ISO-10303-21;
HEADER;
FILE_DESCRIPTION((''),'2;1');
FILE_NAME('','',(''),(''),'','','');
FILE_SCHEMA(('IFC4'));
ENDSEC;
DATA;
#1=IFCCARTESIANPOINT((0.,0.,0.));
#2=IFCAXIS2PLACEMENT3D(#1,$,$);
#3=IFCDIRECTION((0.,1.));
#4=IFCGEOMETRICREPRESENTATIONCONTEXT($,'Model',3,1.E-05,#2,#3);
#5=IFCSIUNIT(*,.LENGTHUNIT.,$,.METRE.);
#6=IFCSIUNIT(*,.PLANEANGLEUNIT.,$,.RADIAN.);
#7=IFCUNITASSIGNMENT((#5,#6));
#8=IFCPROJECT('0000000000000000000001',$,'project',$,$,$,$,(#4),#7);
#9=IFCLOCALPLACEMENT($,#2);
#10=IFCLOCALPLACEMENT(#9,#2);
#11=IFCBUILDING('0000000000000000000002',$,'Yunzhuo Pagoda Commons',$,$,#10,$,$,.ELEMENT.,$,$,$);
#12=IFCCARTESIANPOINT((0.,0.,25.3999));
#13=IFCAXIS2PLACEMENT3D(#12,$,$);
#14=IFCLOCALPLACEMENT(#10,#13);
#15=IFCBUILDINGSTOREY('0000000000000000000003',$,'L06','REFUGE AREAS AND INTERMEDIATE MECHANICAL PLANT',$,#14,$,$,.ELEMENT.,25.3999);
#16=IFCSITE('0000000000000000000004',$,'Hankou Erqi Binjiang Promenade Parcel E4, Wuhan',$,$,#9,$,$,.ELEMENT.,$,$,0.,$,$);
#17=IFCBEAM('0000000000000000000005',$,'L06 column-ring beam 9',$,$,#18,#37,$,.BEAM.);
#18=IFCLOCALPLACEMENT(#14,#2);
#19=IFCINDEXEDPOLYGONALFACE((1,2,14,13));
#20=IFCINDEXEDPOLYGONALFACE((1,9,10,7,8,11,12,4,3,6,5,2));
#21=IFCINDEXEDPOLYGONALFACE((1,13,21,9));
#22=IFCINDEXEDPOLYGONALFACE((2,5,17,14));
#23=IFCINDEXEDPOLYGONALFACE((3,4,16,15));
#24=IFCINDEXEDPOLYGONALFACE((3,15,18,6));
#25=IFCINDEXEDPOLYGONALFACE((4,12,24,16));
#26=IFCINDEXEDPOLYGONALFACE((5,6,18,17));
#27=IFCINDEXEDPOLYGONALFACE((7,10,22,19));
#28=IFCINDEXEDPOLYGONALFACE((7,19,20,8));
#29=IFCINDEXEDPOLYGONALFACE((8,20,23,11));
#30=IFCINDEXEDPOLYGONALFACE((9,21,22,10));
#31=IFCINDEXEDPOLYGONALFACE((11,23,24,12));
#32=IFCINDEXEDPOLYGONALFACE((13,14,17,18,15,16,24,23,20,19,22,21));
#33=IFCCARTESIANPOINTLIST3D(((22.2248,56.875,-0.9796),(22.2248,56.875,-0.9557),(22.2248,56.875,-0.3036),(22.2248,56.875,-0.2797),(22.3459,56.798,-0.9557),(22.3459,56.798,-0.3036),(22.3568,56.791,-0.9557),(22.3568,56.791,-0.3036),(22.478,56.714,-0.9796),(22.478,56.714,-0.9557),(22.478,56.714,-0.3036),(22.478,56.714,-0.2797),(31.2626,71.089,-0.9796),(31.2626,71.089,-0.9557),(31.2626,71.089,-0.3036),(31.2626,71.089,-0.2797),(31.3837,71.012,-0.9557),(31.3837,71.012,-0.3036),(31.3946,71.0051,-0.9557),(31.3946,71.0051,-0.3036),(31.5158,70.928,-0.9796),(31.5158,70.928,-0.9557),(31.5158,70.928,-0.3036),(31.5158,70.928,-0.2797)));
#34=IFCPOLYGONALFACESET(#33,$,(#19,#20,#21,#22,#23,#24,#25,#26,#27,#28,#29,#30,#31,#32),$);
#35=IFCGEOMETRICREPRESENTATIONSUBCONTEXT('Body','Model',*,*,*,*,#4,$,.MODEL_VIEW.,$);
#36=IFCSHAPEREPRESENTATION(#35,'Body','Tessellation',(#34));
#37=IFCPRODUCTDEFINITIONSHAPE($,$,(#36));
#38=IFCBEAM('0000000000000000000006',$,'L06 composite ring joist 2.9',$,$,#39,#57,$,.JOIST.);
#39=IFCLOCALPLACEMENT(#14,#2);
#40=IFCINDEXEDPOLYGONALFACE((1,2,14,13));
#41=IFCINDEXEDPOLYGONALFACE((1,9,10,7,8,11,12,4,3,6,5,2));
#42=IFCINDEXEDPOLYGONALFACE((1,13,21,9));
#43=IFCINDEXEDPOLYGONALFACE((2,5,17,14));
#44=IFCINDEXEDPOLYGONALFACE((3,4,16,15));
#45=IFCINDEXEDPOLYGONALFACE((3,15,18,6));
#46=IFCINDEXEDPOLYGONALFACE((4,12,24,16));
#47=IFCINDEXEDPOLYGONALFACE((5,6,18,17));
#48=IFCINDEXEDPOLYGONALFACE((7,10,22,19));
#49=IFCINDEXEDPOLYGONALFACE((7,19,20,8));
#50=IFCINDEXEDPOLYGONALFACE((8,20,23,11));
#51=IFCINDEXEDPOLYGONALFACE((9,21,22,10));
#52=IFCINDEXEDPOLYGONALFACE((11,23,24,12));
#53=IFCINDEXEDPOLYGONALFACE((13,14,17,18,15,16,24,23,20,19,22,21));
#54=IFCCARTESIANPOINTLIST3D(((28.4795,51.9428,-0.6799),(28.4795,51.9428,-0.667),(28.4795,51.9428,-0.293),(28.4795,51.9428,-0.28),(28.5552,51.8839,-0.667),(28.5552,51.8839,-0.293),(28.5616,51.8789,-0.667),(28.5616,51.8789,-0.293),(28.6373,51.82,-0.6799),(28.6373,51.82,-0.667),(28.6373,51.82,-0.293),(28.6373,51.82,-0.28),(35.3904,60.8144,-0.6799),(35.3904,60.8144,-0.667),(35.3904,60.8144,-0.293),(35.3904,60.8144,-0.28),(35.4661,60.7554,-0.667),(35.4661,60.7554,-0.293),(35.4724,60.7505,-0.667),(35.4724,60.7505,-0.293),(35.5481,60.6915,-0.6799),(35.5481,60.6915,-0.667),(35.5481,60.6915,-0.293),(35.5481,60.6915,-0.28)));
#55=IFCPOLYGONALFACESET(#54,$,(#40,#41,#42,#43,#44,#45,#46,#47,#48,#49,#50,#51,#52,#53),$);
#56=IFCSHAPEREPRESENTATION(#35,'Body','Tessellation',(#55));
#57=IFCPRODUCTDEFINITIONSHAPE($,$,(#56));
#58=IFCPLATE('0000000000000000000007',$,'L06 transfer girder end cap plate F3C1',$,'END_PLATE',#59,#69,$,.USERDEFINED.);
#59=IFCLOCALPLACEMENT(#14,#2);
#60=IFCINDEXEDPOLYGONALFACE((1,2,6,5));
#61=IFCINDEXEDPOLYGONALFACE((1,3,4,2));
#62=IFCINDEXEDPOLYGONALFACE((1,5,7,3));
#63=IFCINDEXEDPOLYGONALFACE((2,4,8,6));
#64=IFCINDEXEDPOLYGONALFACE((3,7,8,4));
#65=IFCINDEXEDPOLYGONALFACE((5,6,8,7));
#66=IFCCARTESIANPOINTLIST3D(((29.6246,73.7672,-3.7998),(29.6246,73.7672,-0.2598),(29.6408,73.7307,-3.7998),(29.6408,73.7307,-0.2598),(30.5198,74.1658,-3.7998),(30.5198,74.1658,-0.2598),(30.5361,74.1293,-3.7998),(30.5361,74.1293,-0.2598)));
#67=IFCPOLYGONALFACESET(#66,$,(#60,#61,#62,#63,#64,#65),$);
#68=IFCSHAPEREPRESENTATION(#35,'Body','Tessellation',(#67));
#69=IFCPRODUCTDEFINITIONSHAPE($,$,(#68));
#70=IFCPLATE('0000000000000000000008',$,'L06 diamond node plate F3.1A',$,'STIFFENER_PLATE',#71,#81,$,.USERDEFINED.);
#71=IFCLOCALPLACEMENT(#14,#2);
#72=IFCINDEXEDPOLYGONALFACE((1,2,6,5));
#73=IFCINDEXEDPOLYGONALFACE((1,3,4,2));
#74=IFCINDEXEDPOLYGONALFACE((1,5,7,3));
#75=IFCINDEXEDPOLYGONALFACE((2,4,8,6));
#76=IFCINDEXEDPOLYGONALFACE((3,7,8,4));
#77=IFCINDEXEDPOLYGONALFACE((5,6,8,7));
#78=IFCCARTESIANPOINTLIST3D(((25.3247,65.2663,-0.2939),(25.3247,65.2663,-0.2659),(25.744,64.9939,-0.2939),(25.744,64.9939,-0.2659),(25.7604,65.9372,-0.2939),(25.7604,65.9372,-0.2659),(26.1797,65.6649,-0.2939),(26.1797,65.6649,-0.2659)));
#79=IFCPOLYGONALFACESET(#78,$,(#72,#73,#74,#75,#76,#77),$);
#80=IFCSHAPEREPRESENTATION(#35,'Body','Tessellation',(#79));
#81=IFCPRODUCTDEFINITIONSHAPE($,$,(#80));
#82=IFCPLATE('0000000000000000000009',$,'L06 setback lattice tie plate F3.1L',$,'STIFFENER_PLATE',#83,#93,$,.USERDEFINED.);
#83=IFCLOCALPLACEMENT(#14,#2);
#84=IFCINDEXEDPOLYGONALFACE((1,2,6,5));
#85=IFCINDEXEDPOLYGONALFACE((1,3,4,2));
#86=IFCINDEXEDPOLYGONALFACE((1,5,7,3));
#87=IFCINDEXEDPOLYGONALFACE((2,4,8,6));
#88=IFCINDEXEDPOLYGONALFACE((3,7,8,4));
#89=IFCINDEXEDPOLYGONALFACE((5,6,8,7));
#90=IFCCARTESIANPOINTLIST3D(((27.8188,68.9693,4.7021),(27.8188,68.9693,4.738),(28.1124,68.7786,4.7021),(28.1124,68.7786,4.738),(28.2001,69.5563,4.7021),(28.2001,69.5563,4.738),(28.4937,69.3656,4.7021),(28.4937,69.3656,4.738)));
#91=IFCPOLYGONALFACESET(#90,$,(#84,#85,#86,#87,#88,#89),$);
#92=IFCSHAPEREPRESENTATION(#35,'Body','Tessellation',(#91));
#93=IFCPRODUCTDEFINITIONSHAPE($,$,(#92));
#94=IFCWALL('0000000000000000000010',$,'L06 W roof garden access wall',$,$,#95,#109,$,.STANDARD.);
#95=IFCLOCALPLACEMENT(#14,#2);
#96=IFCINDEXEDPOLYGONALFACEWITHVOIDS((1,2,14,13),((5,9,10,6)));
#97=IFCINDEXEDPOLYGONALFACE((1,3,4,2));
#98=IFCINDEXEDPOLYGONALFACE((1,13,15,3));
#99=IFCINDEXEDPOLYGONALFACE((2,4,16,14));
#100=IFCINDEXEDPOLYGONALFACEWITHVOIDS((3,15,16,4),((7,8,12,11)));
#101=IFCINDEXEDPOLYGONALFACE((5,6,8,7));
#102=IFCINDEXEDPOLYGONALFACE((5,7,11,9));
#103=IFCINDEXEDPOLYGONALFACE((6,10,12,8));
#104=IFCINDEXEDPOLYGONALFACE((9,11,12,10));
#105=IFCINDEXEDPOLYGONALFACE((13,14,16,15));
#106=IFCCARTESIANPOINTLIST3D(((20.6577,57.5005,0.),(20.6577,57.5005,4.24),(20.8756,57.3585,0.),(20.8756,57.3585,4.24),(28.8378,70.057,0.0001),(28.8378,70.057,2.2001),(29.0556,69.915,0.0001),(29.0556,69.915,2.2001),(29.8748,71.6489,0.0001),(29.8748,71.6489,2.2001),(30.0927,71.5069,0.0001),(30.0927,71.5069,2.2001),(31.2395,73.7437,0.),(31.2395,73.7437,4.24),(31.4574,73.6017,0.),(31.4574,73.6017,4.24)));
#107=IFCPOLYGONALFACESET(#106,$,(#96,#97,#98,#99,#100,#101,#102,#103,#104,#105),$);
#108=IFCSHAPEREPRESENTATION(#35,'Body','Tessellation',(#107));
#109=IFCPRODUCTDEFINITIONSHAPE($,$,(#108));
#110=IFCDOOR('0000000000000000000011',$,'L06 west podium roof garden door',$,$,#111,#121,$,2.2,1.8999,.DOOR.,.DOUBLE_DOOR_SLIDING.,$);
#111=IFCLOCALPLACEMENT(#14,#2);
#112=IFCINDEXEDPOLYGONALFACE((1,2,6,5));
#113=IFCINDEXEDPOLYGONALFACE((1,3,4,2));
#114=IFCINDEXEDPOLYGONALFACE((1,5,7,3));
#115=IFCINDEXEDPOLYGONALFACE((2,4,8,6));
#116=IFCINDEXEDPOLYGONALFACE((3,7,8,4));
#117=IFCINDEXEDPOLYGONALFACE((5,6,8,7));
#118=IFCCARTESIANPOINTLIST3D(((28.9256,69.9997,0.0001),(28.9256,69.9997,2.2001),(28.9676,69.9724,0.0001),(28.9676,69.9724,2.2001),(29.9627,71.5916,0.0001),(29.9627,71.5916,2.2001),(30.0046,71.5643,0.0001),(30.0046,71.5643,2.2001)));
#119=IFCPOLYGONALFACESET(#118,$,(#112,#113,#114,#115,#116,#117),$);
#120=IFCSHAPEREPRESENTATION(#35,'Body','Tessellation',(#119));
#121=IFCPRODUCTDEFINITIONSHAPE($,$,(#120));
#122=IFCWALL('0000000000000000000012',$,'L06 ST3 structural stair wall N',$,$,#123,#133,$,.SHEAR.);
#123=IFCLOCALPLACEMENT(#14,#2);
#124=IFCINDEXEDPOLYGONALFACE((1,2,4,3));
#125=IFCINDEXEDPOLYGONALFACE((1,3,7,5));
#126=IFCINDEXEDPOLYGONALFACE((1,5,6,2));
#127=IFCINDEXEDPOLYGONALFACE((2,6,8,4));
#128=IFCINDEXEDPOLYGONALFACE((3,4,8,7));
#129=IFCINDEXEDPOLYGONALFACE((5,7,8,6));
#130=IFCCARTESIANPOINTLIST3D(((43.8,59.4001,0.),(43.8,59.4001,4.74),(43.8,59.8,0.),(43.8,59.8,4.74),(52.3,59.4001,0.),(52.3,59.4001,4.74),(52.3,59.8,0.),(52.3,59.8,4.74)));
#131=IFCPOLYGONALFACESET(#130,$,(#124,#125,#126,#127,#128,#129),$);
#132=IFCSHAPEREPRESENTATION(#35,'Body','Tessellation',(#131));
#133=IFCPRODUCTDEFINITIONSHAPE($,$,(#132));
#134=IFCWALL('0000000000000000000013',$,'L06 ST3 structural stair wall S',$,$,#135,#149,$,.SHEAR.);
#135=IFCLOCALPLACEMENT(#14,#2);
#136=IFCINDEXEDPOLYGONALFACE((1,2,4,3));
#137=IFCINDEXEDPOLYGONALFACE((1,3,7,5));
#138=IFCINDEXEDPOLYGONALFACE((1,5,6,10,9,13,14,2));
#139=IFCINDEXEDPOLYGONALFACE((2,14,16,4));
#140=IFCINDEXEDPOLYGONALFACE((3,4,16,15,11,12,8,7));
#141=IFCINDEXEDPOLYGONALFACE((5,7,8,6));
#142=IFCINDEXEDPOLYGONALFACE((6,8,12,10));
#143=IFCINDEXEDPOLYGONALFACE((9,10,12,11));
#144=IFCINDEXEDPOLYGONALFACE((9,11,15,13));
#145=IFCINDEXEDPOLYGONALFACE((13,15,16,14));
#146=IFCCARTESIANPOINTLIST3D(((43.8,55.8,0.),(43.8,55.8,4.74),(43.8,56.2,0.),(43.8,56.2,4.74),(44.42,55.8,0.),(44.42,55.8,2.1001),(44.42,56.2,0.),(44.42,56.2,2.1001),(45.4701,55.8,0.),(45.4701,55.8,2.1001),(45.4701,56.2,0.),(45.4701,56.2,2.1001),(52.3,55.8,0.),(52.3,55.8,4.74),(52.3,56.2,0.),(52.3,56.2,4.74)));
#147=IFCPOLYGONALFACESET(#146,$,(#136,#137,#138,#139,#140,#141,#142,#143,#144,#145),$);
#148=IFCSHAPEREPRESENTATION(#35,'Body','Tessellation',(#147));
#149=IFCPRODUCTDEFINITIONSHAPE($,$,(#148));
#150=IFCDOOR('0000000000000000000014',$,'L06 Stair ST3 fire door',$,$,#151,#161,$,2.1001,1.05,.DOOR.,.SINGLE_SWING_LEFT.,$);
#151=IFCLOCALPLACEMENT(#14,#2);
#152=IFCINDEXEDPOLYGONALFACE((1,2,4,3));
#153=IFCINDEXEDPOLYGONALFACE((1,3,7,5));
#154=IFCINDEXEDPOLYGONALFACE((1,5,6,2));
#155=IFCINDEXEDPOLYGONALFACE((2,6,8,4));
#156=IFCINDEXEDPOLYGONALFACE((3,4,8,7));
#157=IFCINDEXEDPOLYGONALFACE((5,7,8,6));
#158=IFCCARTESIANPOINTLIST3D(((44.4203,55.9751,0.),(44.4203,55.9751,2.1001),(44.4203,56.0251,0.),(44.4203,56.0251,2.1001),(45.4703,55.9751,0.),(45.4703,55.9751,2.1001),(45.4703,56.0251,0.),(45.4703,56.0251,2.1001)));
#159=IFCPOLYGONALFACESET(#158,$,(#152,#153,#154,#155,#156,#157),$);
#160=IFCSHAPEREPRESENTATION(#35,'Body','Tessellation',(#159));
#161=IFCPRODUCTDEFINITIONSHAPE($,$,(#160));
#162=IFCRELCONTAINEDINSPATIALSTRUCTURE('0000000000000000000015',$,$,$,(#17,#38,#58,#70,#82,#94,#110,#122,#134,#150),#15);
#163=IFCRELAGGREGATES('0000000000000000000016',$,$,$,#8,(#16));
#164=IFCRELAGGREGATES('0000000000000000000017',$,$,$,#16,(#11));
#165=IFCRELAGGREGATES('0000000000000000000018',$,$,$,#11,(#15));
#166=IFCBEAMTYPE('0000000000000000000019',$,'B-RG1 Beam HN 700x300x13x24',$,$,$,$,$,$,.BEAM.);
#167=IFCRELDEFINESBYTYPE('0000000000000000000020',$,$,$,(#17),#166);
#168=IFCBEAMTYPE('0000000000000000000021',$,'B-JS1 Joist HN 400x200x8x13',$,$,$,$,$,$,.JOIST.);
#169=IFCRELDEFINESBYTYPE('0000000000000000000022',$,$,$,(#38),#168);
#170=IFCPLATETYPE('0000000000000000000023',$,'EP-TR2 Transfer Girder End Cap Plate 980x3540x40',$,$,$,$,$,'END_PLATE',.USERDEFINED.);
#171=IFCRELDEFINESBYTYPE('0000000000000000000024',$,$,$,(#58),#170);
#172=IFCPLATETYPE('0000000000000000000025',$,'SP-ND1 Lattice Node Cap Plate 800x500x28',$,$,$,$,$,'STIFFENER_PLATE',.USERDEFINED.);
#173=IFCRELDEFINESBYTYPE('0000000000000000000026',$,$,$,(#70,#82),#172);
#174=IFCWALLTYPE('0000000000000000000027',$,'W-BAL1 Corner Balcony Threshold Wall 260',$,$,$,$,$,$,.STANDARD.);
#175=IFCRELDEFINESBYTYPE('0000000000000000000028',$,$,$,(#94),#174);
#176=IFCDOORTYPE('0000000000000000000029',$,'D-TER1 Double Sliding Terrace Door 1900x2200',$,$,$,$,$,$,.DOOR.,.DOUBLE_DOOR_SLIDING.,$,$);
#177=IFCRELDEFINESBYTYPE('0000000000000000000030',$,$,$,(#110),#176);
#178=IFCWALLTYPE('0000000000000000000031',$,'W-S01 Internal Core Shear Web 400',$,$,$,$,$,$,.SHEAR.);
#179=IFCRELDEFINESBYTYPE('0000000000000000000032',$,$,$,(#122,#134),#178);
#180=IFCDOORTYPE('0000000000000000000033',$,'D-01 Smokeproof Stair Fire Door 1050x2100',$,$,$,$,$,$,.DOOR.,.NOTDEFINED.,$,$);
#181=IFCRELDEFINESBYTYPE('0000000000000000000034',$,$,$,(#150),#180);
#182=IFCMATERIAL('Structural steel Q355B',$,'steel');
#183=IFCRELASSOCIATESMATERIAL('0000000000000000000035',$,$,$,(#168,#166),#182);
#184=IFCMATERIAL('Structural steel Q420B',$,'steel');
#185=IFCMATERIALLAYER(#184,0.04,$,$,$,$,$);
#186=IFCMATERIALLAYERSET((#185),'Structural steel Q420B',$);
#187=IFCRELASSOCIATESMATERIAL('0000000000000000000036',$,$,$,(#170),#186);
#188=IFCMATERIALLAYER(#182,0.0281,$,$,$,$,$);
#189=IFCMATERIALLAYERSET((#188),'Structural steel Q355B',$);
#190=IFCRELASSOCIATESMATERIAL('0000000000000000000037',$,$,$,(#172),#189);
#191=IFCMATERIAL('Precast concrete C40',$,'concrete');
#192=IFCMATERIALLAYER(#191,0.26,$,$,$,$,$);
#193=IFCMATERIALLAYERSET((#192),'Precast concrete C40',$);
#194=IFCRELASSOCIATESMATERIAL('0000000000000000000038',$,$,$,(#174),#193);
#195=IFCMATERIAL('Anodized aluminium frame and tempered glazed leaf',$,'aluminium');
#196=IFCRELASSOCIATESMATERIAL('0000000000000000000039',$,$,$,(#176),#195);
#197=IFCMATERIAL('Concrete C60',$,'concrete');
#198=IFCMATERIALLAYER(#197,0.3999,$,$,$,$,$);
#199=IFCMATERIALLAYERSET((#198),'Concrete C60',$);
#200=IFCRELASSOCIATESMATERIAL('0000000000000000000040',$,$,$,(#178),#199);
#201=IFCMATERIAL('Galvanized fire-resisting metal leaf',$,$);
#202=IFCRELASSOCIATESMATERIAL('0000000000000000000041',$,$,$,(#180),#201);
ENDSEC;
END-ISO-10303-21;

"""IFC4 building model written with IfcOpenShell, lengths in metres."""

from ifc_helpers import new_model, si_unit, direction, frame, frame_2d, origin, origin_with_axes, origin_2d, place, context, subcontext, project, spatial, rectangle, i_section, extrude, source, transform, mapped, material, layer, layer_set, material_profile, profile_set, type_object, element, fill, save


model = new_model("IFC4")

# Units and contexts
model_context = context("Model", 3, precision=1e-05, world=origin(), true_north=direction((0.0, 1.0)))
body_context = subcontext(model_context, "Body", "Model", "MODEL_VIEW")
ifc_project = project(units=[si_unit("LENGTHUNIT", "METRE"), si_unit("PLANEANGLEUNIT", "RADIAN")], contexts=[model_context])

# Site, building, storey
site_placement = place(None, origin())
site = spatial("IfcSite", under=ifc_project, at=site_placement, Name="Hankou Erqi Binjiang Promenade Parcel E4, Wuhan", CompositionType="ELEMENT", RefElevation=0.0)
building_placement = place(site_placement, origin())
building = spatial("IfcBuilding", under=site, at=building_placement, Name="Yunzhuo Pagoda Commons", CompositionType="ELEMENT")
storey_placement = place(building_placement, frame((0.0, 0.0, 25.3999)))
storey = spatial("IfcBuildingStorey", under=building, at=storey_placement, Name="L06", Description="REFUGE AREAS AND INTERMEDIATE MECHANICAL PLANT", CompositionType="ELEMENT", Elevation=25.3999)

# Shared definitions
ifc_material_1 = material(Name="Structural steel Q420B", Category="steel")

# Beams
ifc_material_2 = material(Name="Structural steel Q355B", Category="steel")
ifc_material_profile_1 = material_profile(ifc_material_2, i_section(OverallWidth=0.2, OverallDepth=0.3999, WebThickness=0.0081, FlangeThickness=0.0129, at=origin_2d()), Name="Structural steel Q355B")
ifc_profile_set_1 = profile_set([ifc_material_profile_1], Name="Structural steel Q355B")
beam_type_1 = type_object("IfcBeamType", Name="B-JS1 Joist HN 400x200x8x13", PredefinedType="JOIST", material=ifc_profile_set_1)
ifc_material_profile_2 = material_profile(ifc_material_2, i_section(OverallWidth=0.3, OverallDepth=0.7, WebThickness=0.0129, FlangeThickness=0.0239, at=origin_2d()), Name="Structural steel Q355B")
ifc_profile_set_2 = profile_set([ifc_material_profile_2], Name="Structural steel Q355B")
beam_type_2 = type_object("IfcBeamType", Name="B-RG1 Beam HN 700x300x13x24", PredefinedType="BEAM", material=ifc_profile_set_2)
shared_shape_1 = source(origin(), body_context, "Body", "SweptSolid", [
    extrude(i_section(OverallWidth=0.3, OverallDepth=0.7, WebThickness=0.0129, FlangeThickness=0.0239, at=origin_2d()), origin(), (0.0, 0.0, 1.0), 16.844),
])
beam_1_placement = place(storey_placement, frame((31.3892, 71.0085, -0.6296), z_axis=(-0.536558, -0.843863, 0.0), x_axis=(0.843863, -0.536558, 0.0)))
element("IfcBeam", 1, at=beam_1_placement, inside=storey, type_object=beam_type_2, Name="L06 column-ring beam 9", PredefinedType="BEAM", context=body_context, shape_type="MappedRepresentation", body=[
    mapped(shared_shape_1, transform((0.0, 0.0, 0.0), scale=1.0)),
])
shared_shape_2 = source(origin(), body_context, "Body", "SweptSolid", [
    extrude(i_section(OverallWidth=0.2, OverallDepth=0.3999, WebThickness=0.0081, FlangeThickness=0.0129, at=origin_2d()), origin(), (0.0, 0.0, 1.0), 11.2456),
])
beam_2_placement = place(storey_placement, frame((35.4692, 60.7529, -0.48), z_axis=(-0.614537, -0.788888, 0.0), x_axis=(0.788888, -0.614537, 0.0)))
element("IfcBeam", 2, at=beam_2_placement, inside=storey, type_object=beam_type_1, Name="L06 composite ring joist 2.9", PredefinedType="JOIST", context=body_context, shape_type="MappedRepresentation", body=[
    mapped(shared_shape_2, transform((0.0, 0.0, 0.0), scale=1.0)),
])

# Plates
ifc_layer_1 = layer(ifc_material_1, 0.04)
ifc_layer_set_1 = layer_set([ifc_layer_1], Name="Structural steel Q420B")
plate_type_1 = type_object("IfcPlateType", Name="EP-TR2 Transfer Girder End Cap Plate 980x3540x40", ElementType="END_PLATE", PredefinedType="USERDEFINED", material=ifc_layer_set_1)
shared_shape_3 = source(origin(), body_context, "Body", "SweptSolid", [
    extrude(rectangle(XDim=0.98, YDim=0.04, at=origin_2d()), origin(), (0.0, 0.0, 1.0), 3.54),
])
plate_1_placement = place(storey_placement, frame((30.0803, 73.9482, -3.7998), z_axis=(0.0, 0.0, 1.0), x_axis=(-0.913545, -0.406737, 0.0)))
element("IfcPlate", 3, at=plate_1_placement, inside=storey, type_object=plate_type_1, Name="L06 transfer girder end cap plate F3C1", ObjectType="END_PLATE", PredefinedType="USERDEFINED", context=body_context, shape_type="MappedRepresentation", body=[
    mapped(shared_shape_3, transform((0.0, 0.0, 0.0), scale=1.0)),
])
ifc_layer_2 = layer(ifc_material_2, 0.0281)
ifc_layer_set_2 = layer_set([ifc_layer_2], Name="Structural steel Q355B")
plate_type_2 = type_object("IfcPlateType", Name="SP-ND1 Lattice Node Cap Plate 800x500x28", ElementType="STIFFENER_PLATE", PredefinedType="USERDEFINED", material=ifc_layer_set_2)
shared_shape_4 = source(origin(), body_context, "Body", "SweptSolid", [
    extrude(rectangle(XDim=0.8, YDim=0.5, at=origin_2d()), origin(), (0.0, 0.0, 1.0), 0.0281),
])
plate_2_placement = place(storey_placement, frame((25.7522, 65.4656, -0.2939), z_axis=(0.0, 0.0, 1.0), x_axis=(-0.544668, -0.838652, 0.0)))
element("IfcPlate", 4, at=plate_2_placement, inside=storey, type_object=plate_type_2, Name="L06 diamond node plate F3.1A", ObjectType="STIFFENER_PLATE", PredefinedType="USERDEFINED", context=body_context, shape_type="MappedRepresentation", body=[
    mapped(shared_shape_4, transform((0.0, 0.0, 0.0), scale=1.0)),
])
shared_shape_5 = source(origin(), body_context, "Body", "SweptSolid", [
    extrude(rectangle(XDim=0.7, YDim=0.3501, at=origin_2d()), origin(), (0.0, 0.0, 1.0), 0.0359),
])
plate_3_placement = place(storey_placement, frame((28.1562, 69.1675, 4.7021), z_axis=(0.0, 0.0, 1.0), x_axis=(-0.544668, -0.838652, 0.0)))
element("IfcPlate", 5, at=plate_3_placement, inside=storey, type_object=plate_type_2, Name="L06 setback lattice tie plate F3.1L", ObjectType="STIFFENER_PLATE", PredefinedType="USERDEFINED", context=body_context, shape_type="MappedRepresentation", body=[
    mapped(shared_shape_5, transform((0.0, 0.0, 0.0), scale=1.0)),
])

# Wall, opening, door
ifc_material_3 = material(Name="Precast concrete C40", Category="concrete")
ifc_layer_3 = layer(ifc_material_3, 0.26)
ifc_layer_set_3 = layer_set([ifc_layer_3], Name="Precast concrete C40")
wall_type_1 = type_object("IfcWallType", Name="W-BAL1 Corner Balcony Threshold Wall 260", PredefinedType="STANDARD", material=ifc_layer_set_3)
wall_1_placement = place(storey_placement, frame((31.3484, 73.6726, 0.0), z_axis=(0.0, 0.0, 1.0), x_axis=(-0.545849, -0.837884, 0.0)))
wall_1 = element("IfcWall", 6, at=wall_1_placement, inside=storey, type_object=wall_type_1, Name="L06 W roof garden access wall", PredefinedType="STANDARD", context=body_context, shape_type="SweptSolid", body=[
    extrude(rectangle(XDim=19.386, YDim=0.26, at=frame_2d((9.6929, 0.0))), origin(), (0.0, 0.0, 1.0), 4.24),
])
opening_1_placement = place(wall_1_placement, frame((2.5, 0.0, 0.0)))
opening_1 = element("IfcOpeningElement", 7, at=opening_1_placement, cuts=wall_1, PredefinedType="OPENING", context=body_context, shape_type="SweptSolid", body=[
    extrude(rectangle(XDim=1.8999, YDim=2.2, at=frame_2d((0.95, 1.1001))), frame((0.0, 0.1401, 0.0), z_axis=(0.0, -1.0, 0.0), x_axis=(1.0, 0.0, 0.0)), (0.0, 0.0, 1.0), 0.28),
])
ifc_material_4 = material(Name="Anodized aluminium frame and tempered glazed leaf", Category="aluminium")
door_type_1 = type_object("IfcDoorType", Name="D-TER1 Double Sliding Terrace Door 1900x2200", OperationType="DOUBLE_DOOR_SLIDING", PredefinedType="DOOR", material=ifc_material_4)
shared_shape_6 = source(origin(), body_context, "Body", "SweptSolid", [
    extrude(rectangle(XDim=1.8999, YDim=2.2, at=frame_2d((0.95, 1.1001))), frame((0.0, 0.0249, 0.0), z_axis=(0.0, -1.0, 0.0), x_axis=(1.0, 0.0, 0.0)), (0.0, 0.0, 1.0), 0.05),
])
door_1_placement = place(opening_1_placement, origin_with_axes())
door_1 = element("IfcDoor", 8, at=door_1_placement, inside=storey, type_object=door_type_1, Name="L06 west podium roof garden door", OperationType="DOUBLE_DOOR_SLIDING", OverallHeight=2.2, OverallWidth=1.8999, PredefinedType="DOOR", context=body_context, shape_type="MappedRepresentation", body=[
    mapped(shared_shape_6, transform((0.0, 0.0, 0.0), scale=1.0)),
])
fill(opening_1, door_1)

# Wall
ifc_material_5 = material(Name="Concrete C60", Category="concrete")
ifc_layer_4 = layer(ifc_material_5, 0.3999)
ifc_layer_set_4 = layer_set([ifc_layer_4], Name="Concrete C60")
wall_type_2 = type_object("IfcWallType", Name="W-S01 Internal Core Shear Web 400", PredefinedType="SHEAR", material=ifc_layer_set_4)
wall_2_placement = place(storey_placement, frame((43.8, 59.6001, 0.0), z_axis=(0.0, 0.0, 1.0), x_axis=(1.0, 0.0, 0.0)))
element("IfcWall", 9, at=wall_2_placement, inside=storey, type_object=wall_type_2, Name="L06 ST3 structural stair wall N", PredefinedType="SHEAR", context=body_context, shape_type="SweptSolid", body=[
    extrude(rectangle(XDim=8.5, YDim=0.3999, at=frame_2d((4.25, 0.0))), origin(), (0.0, 0.0, 1.0), 4.74),
])

# Wall, opening, door
wall_3_placement = place(storey_placement, frame((43.8, 56.0, 0.0), z_axis=(0.0, 0.0, 1.0), x_axis=(1.0, 0.0, 0.0)))
wall_3 = element("IfcWall", 10, at=wall_3_placement, inside=storey, type_object=wall_type_2, Name="L06 ST3 structural stair wall S", PredefinedType="SHEAR", context=body_context, shape_type="SweptSolid", body=[
    extrude(rectangle(XDim=8.5, YDim=0.3999, at=frame_2d((4.25, 0.0))), origin(), (0.0, 0.0, 1.0), 4.74),
])
opening_2_placement = place(wall_3_placement, frame((0.6201, 0.0, 0.0)))
opening_2 = element("IfcOpeningElement", 11, at=opening_2_placement, cuts=wall_3, PredefinedType="OPENING", context=body_context, shape_type="SweptSolid", body=[
    extrude(rectangle(XDim=1.05, YDim=2.1001, at=frame_2d((0.5249, 1.05))), frame((0.0, 0.21, 0.0), z_axis=(0.0, -1.0, 0.0), x_axis=(1.0, 0.0, 0.0)), (0.0, 0.0, 1.0), 0.4199),
])
ifc_material_6 = material(Name="Galvanized fire-resisting metal leaf")
door_type_2 = type_object("IfcDoorType", Name="D-01 Smokeproof Stair Fire Door 1050x2100", OperationType="NOTDEFINED", PredefinedType="DOOR", material=ifc_material_6)
shared_shape_7 = source(origin(), body_context, "Body", "SweptSolid", [
    extrude(rectangle(XDim=1.05, YDim=2.1001, at=frame_2d((0.5249, 1.05))), frame((0.0, 0.0249, 0.0), z_axis=(0.0, -1.0, 0.0), x_axis=(1.0, 0.0, 0.0)), (0.0, 0.0, 1.0), 0.05),
])
door_2_placement = place(opening_2_placement, frame((1.05, 0.0, 0.0), z_axis=(0.0, 0.0, 1.0), x_axis=(-1.0, 0.0, 0.0)))
door_2 = element("IfcDoor", 12, at=door_2_placement, inside=storey, type_object=door_type_2, Name="L06 Stair ST3 fire door", OperationType="SINGLE_SWING_LEFT", OverallHeight=2.1001, OverallWidth=1.05, PredefinedType="DOOR", context=body_context, shape_type="MappedRepresentation", body=[
    mapped(shared_shape_7, transform((0.0, 0.0, 0.0), scale=1.0)),
])
fill(opening_2, door_2)

save(model, "model.ifc")
